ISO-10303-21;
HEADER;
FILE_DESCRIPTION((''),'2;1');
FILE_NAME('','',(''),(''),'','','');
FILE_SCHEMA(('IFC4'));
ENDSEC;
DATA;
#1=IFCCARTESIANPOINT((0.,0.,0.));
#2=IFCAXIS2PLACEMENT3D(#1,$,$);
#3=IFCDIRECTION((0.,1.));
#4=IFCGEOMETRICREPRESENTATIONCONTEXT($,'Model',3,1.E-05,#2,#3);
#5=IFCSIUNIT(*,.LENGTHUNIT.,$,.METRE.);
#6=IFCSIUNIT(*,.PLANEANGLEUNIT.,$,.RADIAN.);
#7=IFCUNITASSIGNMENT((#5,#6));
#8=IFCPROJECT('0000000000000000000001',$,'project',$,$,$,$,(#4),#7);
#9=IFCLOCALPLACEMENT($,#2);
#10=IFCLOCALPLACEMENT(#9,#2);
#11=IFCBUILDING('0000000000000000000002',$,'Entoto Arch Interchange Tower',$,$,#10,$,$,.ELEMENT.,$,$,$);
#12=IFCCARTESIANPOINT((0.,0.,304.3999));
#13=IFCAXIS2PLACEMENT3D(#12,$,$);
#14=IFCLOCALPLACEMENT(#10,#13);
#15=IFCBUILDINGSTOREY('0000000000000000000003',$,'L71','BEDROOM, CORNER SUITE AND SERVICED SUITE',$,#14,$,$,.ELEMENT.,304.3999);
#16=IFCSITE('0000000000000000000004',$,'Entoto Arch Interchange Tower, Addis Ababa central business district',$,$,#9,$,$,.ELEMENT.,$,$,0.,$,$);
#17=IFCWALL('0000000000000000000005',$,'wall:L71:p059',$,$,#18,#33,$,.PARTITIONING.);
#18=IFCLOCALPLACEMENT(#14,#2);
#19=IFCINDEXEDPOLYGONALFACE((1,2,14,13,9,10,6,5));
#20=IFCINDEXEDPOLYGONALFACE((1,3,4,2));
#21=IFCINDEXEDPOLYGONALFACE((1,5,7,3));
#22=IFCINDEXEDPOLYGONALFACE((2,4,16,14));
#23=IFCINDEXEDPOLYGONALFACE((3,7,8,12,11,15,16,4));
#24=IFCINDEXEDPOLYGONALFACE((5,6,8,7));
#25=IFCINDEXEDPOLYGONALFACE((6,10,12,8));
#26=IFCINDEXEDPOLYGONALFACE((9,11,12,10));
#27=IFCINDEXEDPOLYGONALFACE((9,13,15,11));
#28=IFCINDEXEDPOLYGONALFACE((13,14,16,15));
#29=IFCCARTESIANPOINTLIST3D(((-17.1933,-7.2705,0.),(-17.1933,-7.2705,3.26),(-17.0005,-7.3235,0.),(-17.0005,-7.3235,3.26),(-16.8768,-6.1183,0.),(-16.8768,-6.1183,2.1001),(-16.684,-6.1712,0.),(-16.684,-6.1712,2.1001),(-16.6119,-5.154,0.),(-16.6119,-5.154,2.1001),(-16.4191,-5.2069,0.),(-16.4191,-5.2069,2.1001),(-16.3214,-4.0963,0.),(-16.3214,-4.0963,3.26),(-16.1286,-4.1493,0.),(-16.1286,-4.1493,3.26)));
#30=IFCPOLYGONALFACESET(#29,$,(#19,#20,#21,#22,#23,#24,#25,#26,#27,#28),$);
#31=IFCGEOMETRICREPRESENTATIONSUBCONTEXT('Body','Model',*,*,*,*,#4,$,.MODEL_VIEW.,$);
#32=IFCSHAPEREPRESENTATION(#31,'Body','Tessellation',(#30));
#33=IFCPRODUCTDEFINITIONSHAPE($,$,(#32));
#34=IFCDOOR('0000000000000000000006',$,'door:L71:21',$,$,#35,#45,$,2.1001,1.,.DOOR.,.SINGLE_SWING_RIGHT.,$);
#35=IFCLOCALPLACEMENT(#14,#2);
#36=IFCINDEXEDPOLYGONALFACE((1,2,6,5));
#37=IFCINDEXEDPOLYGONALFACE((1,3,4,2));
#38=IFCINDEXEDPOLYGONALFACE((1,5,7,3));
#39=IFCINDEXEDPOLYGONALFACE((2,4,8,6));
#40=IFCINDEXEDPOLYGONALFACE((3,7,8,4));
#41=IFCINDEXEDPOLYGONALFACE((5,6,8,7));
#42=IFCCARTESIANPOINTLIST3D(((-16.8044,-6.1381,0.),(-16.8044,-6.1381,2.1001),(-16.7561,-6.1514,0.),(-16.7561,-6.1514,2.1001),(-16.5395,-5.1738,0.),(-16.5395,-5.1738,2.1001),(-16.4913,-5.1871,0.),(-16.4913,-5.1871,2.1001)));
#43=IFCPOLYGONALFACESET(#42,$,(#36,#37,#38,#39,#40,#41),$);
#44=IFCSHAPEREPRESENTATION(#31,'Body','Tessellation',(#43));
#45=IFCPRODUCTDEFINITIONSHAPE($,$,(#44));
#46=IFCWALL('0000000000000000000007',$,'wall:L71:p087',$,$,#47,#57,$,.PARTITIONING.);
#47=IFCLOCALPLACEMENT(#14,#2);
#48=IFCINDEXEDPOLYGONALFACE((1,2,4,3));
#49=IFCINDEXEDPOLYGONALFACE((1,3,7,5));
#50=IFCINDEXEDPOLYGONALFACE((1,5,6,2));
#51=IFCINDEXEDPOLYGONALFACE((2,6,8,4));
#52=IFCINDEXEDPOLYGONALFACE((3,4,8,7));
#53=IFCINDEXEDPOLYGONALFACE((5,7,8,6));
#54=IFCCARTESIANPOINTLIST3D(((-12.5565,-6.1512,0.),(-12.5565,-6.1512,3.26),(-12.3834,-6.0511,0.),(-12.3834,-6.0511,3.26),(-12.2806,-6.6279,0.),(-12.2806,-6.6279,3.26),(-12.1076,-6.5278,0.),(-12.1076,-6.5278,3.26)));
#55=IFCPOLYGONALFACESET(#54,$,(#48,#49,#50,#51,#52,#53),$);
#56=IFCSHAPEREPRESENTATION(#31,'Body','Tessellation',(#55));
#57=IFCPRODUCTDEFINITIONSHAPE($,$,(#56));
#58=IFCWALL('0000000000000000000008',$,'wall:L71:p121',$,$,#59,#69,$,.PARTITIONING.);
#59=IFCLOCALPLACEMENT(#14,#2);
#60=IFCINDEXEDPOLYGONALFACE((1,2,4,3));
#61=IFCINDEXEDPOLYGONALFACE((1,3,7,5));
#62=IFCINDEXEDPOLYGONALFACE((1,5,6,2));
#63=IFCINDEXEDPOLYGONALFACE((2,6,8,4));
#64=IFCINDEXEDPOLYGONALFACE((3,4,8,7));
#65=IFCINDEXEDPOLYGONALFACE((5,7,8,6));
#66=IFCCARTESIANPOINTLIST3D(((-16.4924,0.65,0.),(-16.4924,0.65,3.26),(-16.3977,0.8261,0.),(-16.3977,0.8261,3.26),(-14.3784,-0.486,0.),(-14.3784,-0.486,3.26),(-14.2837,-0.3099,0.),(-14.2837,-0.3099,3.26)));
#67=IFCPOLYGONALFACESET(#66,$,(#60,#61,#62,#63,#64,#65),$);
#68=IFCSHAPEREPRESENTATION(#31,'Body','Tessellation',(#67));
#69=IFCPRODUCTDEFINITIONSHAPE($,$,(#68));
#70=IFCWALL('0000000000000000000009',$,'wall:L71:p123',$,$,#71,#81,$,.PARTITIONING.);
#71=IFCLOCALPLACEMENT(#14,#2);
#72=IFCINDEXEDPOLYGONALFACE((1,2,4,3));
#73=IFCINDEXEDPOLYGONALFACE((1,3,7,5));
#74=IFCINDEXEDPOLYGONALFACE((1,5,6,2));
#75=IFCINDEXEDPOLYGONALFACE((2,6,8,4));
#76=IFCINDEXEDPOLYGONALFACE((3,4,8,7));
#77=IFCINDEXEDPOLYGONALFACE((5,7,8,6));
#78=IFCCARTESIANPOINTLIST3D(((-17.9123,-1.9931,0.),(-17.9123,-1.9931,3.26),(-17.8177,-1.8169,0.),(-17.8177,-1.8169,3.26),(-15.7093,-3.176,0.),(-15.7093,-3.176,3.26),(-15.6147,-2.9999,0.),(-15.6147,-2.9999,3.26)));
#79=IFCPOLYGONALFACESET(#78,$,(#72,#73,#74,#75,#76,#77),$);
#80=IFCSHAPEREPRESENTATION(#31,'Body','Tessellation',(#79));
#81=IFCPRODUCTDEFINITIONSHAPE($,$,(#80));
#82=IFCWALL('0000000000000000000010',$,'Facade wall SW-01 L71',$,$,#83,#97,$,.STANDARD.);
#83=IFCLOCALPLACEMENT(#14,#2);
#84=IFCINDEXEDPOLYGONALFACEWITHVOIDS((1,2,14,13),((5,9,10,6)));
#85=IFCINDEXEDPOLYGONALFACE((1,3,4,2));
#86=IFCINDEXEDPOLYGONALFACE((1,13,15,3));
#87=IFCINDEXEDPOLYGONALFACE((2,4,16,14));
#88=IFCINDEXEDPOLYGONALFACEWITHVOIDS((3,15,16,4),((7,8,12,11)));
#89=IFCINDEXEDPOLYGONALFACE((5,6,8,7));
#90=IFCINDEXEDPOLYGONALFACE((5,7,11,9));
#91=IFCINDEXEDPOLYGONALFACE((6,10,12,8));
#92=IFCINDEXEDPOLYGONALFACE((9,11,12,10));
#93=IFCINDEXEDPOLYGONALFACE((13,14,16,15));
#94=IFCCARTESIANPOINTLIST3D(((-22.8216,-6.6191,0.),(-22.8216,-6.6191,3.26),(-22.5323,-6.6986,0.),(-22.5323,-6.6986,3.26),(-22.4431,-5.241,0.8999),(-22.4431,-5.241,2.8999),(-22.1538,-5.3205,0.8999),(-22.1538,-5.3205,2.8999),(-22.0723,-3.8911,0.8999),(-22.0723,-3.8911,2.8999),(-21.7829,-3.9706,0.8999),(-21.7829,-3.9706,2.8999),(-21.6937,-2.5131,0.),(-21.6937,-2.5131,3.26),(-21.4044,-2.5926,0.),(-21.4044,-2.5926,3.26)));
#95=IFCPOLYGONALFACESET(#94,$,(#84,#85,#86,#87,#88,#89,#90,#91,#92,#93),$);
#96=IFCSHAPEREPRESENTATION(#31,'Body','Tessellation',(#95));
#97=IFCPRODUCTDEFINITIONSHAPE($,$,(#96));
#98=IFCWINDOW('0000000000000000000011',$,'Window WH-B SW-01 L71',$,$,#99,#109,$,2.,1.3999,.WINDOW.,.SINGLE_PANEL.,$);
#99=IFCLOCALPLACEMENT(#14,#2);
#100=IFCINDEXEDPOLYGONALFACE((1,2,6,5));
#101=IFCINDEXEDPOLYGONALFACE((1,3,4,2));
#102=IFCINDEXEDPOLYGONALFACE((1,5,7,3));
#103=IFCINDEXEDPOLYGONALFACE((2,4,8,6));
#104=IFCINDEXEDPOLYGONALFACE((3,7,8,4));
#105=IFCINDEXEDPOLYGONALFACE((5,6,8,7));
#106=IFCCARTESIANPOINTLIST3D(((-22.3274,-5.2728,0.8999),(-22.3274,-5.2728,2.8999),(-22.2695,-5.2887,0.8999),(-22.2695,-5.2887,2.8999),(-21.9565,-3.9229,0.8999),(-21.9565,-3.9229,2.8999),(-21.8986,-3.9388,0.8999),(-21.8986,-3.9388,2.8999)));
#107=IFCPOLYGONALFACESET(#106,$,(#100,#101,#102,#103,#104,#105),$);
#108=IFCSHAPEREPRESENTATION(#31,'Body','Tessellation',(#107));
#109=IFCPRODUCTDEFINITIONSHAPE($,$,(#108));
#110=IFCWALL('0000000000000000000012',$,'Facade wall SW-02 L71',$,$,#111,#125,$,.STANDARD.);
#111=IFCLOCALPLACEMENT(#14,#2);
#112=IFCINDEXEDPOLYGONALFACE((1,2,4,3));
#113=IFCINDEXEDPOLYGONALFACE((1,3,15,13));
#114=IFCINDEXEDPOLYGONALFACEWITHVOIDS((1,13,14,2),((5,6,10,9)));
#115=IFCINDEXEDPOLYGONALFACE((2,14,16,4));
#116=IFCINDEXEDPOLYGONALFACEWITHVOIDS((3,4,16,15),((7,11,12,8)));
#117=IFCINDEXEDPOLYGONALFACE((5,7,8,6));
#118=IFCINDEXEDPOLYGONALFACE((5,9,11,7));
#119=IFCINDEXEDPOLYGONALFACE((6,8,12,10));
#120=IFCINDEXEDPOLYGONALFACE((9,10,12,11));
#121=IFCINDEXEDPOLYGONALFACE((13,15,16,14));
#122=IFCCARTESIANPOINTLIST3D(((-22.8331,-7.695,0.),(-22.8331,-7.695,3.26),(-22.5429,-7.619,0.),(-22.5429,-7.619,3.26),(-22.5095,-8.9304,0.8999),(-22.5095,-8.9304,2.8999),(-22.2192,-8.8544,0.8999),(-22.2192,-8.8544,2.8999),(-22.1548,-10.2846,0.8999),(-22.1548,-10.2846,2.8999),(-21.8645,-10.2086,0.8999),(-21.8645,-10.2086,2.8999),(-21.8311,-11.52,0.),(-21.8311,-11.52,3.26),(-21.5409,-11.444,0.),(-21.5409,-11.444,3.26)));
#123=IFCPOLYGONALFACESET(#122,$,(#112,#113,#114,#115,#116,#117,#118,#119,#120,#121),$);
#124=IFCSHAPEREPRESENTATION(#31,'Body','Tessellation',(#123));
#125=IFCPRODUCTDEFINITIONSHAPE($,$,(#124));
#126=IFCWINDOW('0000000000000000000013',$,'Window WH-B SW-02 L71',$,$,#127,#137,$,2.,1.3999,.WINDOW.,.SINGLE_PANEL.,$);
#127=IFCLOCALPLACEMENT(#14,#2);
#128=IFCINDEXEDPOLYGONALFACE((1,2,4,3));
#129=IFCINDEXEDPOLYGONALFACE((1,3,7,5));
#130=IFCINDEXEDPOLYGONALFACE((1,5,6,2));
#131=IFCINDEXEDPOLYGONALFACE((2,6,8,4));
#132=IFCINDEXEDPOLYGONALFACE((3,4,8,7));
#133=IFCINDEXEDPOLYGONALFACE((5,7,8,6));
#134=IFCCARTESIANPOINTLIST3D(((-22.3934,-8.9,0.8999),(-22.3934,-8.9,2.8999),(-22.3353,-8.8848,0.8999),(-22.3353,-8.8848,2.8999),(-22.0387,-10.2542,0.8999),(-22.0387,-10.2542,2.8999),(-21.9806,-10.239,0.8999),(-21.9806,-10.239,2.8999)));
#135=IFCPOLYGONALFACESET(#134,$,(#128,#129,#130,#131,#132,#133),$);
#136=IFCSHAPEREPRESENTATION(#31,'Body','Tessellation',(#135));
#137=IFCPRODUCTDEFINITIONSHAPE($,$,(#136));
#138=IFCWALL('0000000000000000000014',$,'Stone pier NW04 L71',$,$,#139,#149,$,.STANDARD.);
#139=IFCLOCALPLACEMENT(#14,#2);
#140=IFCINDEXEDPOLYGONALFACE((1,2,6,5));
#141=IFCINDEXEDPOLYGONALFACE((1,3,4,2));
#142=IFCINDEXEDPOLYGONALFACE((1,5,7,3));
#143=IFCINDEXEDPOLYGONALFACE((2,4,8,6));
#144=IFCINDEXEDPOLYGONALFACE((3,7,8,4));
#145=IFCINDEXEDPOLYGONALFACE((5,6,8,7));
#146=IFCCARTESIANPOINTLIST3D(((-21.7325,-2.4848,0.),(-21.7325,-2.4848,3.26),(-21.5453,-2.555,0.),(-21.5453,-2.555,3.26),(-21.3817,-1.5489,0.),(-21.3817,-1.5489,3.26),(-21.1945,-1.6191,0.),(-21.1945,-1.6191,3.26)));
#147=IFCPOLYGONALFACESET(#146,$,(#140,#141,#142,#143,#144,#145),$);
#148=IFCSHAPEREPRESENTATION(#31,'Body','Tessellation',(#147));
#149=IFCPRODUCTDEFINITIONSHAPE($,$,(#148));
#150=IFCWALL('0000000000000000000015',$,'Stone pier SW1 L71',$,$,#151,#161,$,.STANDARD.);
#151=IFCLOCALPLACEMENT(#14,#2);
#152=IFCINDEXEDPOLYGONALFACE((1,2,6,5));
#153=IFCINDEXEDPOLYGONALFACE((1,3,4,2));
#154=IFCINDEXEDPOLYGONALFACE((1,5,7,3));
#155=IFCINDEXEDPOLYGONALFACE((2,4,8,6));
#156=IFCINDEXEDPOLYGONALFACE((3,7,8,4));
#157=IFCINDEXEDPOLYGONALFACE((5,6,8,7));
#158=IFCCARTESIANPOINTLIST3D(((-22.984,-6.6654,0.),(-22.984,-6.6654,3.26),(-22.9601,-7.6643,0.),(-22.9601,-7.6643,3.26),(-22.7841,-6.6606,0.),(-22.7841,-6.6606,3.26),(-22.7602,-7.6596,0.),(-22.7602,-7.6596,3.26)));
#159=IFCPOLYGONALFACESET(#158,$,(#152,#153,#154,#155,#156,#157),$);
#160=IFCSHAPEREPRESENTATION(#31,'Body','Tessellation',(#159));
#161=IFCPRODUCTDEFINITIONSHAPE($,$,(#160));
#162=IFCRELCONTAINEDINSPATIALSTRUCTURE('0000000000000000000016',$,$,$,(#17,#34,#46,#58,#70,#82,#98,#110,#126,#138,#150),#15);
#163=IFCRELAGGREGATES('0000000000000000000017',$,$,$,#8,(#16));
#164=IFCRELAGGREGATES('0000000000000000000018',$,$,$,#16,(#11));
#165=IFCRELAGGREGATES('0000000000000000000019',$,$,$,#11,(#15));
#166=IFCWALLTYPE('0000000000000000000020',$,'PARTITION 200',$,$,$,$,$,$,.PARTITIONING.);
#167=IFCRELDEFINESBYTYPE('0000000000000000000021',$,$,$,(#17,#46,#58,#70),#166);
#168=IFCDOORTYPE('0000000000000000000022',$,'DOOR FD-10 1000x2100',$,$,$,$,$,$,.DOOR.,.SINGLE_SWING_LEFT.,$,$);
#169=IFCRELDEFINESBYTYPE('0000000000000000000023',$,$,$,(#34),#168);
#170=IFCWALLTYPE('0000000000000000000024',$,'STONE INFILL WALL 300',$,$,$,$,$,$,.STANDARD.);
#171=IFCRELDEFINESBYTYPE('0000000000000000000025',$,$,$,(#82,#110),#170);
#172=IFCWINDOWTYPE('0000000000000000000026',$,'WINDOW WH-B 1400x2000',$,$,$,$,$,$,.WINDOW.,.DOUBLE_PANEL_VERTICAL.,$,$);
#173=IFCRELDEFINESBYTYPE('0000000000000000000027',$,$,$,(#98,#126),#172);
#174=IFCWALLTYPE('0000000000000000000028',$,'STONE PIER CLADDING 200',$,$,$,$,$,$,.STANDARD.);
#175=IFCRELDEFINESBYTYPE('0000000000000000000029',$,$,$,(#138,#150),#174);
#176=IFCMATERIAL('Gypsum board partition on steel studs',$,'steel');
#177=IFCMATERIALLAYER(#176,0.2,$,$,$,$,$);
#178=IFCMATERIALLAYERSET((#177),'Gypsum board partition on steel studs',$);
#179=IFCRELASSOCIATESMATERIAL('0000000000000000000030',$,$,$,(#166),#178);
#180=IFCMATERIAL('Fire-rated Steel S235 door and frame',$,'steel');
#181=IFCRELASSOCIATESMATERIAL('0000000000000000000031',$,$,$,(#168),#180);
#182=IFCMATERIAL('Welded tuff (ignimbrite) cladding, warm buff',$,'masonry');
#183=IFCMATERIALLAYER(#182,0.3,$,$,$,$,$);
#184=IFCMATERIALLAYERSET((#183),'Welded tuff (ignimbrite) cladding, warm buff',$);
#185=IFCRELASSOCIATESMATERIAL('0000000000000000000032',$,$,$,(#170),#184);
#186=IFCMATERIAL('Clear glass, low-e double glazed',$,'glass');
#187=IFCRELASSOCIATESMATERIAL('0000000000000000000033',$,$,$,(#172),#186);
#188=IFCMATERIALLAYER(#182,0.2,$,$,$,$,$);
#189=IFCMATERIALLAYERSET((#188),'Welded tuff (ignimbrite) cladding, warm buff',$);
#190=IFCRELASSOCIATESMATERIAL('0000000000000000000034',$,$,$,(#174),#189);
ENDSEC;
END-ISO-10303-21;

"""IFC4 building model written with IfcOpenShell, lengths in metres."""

from ifc_helpers import new_model, si_unit, direction, frame, frame_2d, origin, place, context, subcontext, project, spatial, rectangle, extrude, material, layer, layer_set, type_object, element, fill, save


model = new_model("IFC4")

# Units and contexts
model_context = context("Model", 3, precision=1e-05, world=origin(), true_north=direction((0.0, 1.0)))
body_context = subcontext(model_context, "Body", "Model", "MODEL_VIEW")
ifc_project = project(units=[si_unit("LENGTHUNIT", "METRE"), si_unit("PLANEANGLEUNIT", "RADIAN")], contexts=[model_context])

# Site, building, storey
site_placement = place(None, origin())
site = spatial("IfcSite", under=ifc_project, at=site_placement, Name="Entoto Arch Interchange Tower, Addis Ababa central business district", CompositionType="ELEMENT", RefElevation=0.0)
building_placement = place(site_placement, origin())
building = spatial("IfcBuilding", under=site, at=building_placement, Name="Entoto Arch Interchange Tower", CompositionType="ELEMENT")
storey_placement = place(building_placement, frame((0.0, 0.0, 304.3999)))
storey = spatial("IfcBuildingStorey", under=building, at=storey_placement, Name="L71", Description="BEDROOM, CORNER SUITE AND SERVICED SUITE", CompositionType="ELEMENT", Elevation=304.3999)

# Shared definitions
ifc_material_1 = material(Name="Gypsum board partition on steel studs", Category="steel")
ifc_layer_1 = layer(ifc_material_1, 0.2)
ifc_layer_set_1 = layer_set([ifc_layer_1], Name="Gypsum board partition on steel studs")
wall_type_1 = type_object("IfcWallType", Name="PARTITION 200", PredefinedType="PARTITIONING", material=ifc_layer_set_1)

# Wall, opening, door
wall_1_placement = place(storey_placement, frame((-17.0969, -7.2971, 0.0), z_axis=(0.0, 0.0, 1.0), x_axis=(0.264862, 0.964286, 0.0)))
wall_1 = element("IfcWall", 1, at=wall_1_placement, inside=storey, type_object=wall_type_1, Name="wall:L71:p059", PredefinedType="PARTITIONING", context=body_context, shape_type="SweptSolid", body=[
    extrude(rectangle(XDim=3.2917, YDim=0.2, at=frame_2d((1.646, 0.0))), origin(), (0.0, 0.0, 1.0), 3.26),
])
opening_1_placement = place(wall_1_placement, frame((1.1951, 0.0, 0.0)))
opening_1 = element("IfcOpeningElement", 2, at=opening_1_placement, cuts=wall_1, PredefinedType="OPENING", context=body_context, shape_type="SweptSolid", body=[
    extrude(rectangle(XDim=1.0, YDim=2.1001, at=frame_2d((0.5, 1.05))), frame((0.0, 0.1099, 0.0), z_axis=(0.0, -1.0, 0.0), x_axis=(1.0, 0.0, 0.0)), (0.0, 0.0, 1.0), 0.22),
])
ifc_material_2 = material(Name="Fire-rated Steel S235 door and frame", Category="steel")
door_type_1 = type_object("IfcDoorType", Name="DOOR FD-10 1000x2100", OperationType="SINGLE_SWING_LEFT", PredefinedType="DOOR", material=ifc_material_2)
door_1_placement = place(opening_1_placement, origin())
door_1 = element("IfcDoor", 3, at=door_1_placement, inside=storey, type_object=door_type_1, Name="door:L71:21", OperationType="SINGLE_SWING_RIGHT", OverallHeight=2.1001, OverallWidth=1.0, PredefinedType="DOOR", context=body_context, shape_type="SweptSolid", body=[
    extrude(rectangle(XDim=1.0, YDim=2.1001, at=frame_2d((0.5, 1.05))), frame((0.0, 0.0249, 0.0), z_axis=(0.0, -1.0, 0.0), x_axis=(1.0, 0.0, 0.0)), (0.0, 0.0, 1.0), 0.05),
])
fill(opening_1, door_1)

# Walls
wall_2_placement = place(storey_placement, frame((-12.1941, -6.5779, 0.0), z_axis=(0.0, 0.0, 1.0), x_axis=(-0.500809, 0.865558, 0.0)))
element("IfcWall", 4, at=wall_2_placement, inside=storey, type_object=wall_type_1, Name="wall:L71:p087", PredefinedType="PARTITIONING", context=body_context, shape_type="SweptSolid", body=[
    extrude(rectangle(XDim=0.5508, YDim=0.2, at=frame_2d((0.2754, 0.0))), origin(), (0.0, 0.0, 1.0), 3.26),
])
wall_3_placement = place(storey_placement, frame((-14.3311, -0.3979, 0.0), z_axis=(0.0, 0.0, 1.0), x_axis=(-0.880876, 0.473347, 0.0)))
element("IfcWall", 5, at=wall_3_placement, inside=storey, type_object=wall_type_1, Name="wall:L71:p121", PredefinedType="PARTITIONING", context=body_context, shape_type="SweptSolid", body=[
    extrude(rectangle(XDim=2.3999, YDim=0.2, at=frame_2d((1.2, 0.0))), origin(), (0.0, 0.0, 1.0), 3.26),
])
wall_4_placement = place(storey_placement, frame((-17.865, -1.905, 0.0), z_axis=(0.0, 0.0, 1.0), x_axis=(0.881022, -0.473075, 0.0)))
element("IfcWall", 6, at=wall_4_placement, inside=storey, type_object=wall_type_1, Name="wall:L71:p123", PredefinedType="PARTITIONING", context=body_context, shape_type="SweptSolid", body=[
    extrude(rectangle(XDim=2.5005, YDim=0.2, at=frame_2d((1.2502, 0.0))), origin(), (0.0, 0.0, 1.0), 3.26),
])

# Walls, openings, windows
ifc_material_3 = material(Name="Welded tuff (ignimbrite) cladding, warm buff", Category="masonry")
ifc_layer_2 = layer(ifc_material_3, 0.3)
ifc_layer_set_2 = layer_set([ifc_layer_2], Name="Welded tuff (ignimbrite) cladding, warm buff")
wall_type_2 = type_object("IfcWallType", Name="STONE INFILL WALL 300", PredefinedType="STANDARD", material=ifc_layer_set_2)
wall_5_placement = place(storey_placement, frame((-21.5491, -2.553, 0.0), z_axis=(0.0, 0.0, 1.0), x_axis=(-0.264893, -0.964278, 0.0)))
wall_5 = element("IfcWall", 7, at=wall_5_placement, inside=storey, type_object=wall_type_2, Name="Facade wall SW-01 L71", PredefinedType="STANDARD", context=body_context, shape_type="SweptSolid", body=[
    extrude(rectangle(XDim=4.2581, YDim=0.3, at=frame_2d((2.1289, 0.0))), origin(), (0.0, 0.0, 1.0), 3.26),
])
opening_2_placement = place(wall_5_placement, frame((1.429, 0.0, 0.8999)))
opening_2 = element("IfcOpeningElement", 8, at=opening_2_placement, cuts=wall_5, PredefinedType="OPENING", context=body_context, shape_type="SweptSolid", body=[
    extrude(rectangle(XDim=1.3999, YDim=2.0, at=frame_2d((0.7, 1.0))), frame((0.0, 0.1602, 0.0), z_axis=(0.0, -1.0, 0.0), x_axis=(1.0, 0.0, 0.0)), (0.0, 0.0, 1.0), 0.3201),
])
ifc_material_4 = material(Name="Clear glass, low-e double glazed", Category="glass")
window_type = type_object("IfcWindowType", Name="WINDOW WH-B 1400x2000", PartitioningType="DOUBLE_PANEL_VERTICAL", PredefinedType="WINDOW", material=ifc_material_4)
window_1_placement = place(opening_2_placement, origin())
window_1 = element("IfcWindow", 9, at=window_1_placement, inside=storey, type_object=window_type, Name="Window WH-B SW-01 L71", OverallHeight=2.0, OverallWidth=1.3999, PartitioningType="SINGLE_PANEL", PredefinedType="WINDOW", context=body_context, shape_type="SweptSolid", body=[
    extrude(rectangle(XDim=1.3999, YDim=2.0, at=frame_2d((0.7, 1.0))), frame((0.0, 0.03, 0.0), z_axis=(0.0, -1.0, 0.0), x_axis=(1.0, 0.0, 0.0)), (0.0, 0.0, 1.0), 0.0601),
])
fill(opening_2, window_1)
wall_6_placement = place(storey_placement, frame((-22.688, -7.657, 0.0), z_axis=(0.0, 0.0, 1.0), x_axis=(0.253402, -0.967361, 0.0)))
wall_6 = element("IfcWall", 10, at=wall_6_placement, inside=storey, type_object=wall_type_2, Name="Facade wall SW-02 L71", PredefinedType="STANDARD", context=body_context, shape_type="SweptSolid", body=[
    extrude(rectangle(XDim=3.9541, YDim=0.3, at=frame_2d((1.9771, 0.0))), origin(), (0.0, 0.0, 1.0), 3.26),
])
opening_3_placement = place(wall_6_placement, frame((1.2771, 0.0, 0.8999)))
opening_3 = element("IfcOpeningElement", 11, at=opening_3_placement, cuts=wall_6, PredefinedType="OPENING", context=body_context, shape_type="SweptSolid", body=[
    extrude(rectangle(XDim=1.3999, YDim=2.0, at=frame_2d((0.7, 1.0))), frame((0.0, 0.1602, 0.0), z_axis=(0.0, -1.0, 0.0), x_axis=(1.0, 0.0, 0.0)), (0.0, 0.0, 1.0), 0.3201),
])
window_2_placement = place(opening_3_placement, origin())
window_2 = element("IfcWindow", 12, at=window_2_placement, inside=storey, type_object=window_type, Name="Window WH-B SW-02 L71", OverallHeight=2.0, OverallWidth=1.3999, PartitioningType="SINGLE_PANEL", PredefinedType="WINDOW", context=body_context, shape_type="SweptSolid", body=[
    extrude(rectangle(XDim=1.3999, YDim=2.0, at=frame_2d((0.7, 1.0))), frame((0.0, 0.03, 0.0), z_axis=(0.0, -1.0, 0.0), x_axis=(1.0, 0.0, 0.0)), (0.0, 0.0, 1.0), 0.0601),
])
fill(opening_3, window_2)

# Walls
ifc_layer_3 = layer(ifc_material_3, 0.2)
ifc_layer_set_3 = layer_set([ifc_layer_3], Name="Welded tuff (ignimbrite) cladding, warm buff")
wall_type_3 = type_object("IfcWallType", Name="STONE PIER CLADDING 200", PredefinedType="STANDARD", material=ifc_layer_set_3)
wall_7_placement = place(storey_placement, frame((-21.2881, -1.584, 0.0), z_axis=(0.0, 0.0, 1.0), x_axis=(-0.350963, -0.936389, 0.0)))
element("IfcWall", 13, at=wall_7_placement, inside=storey, type_object=wall_type_3, Name="Stone pier NW04 L71", PredefinedType="STANDARD", context=body_context, shape_type="SweptSolid", body=[
    extrude(rectangle(XDim=0.9995, YDim=0.2, at=frame_2d((0.4998, 0.0))), origin(), (0.0, 0.0, 1.0), 3.26),
])
wall_8_placement = place(storey_placement, frame((-22.884, -6.6631, 0.0), z_axis=(0.0, 0.0, 1.0), x_axis=(0.023942, -0.999713, 0.0)))
element("IfcWall", 14, at=wall_8_placement, inside=storey, type_object=wall_type_3, Name="Stone pier SW1 L71", PredefinedType="STANDARD", context=body_context, shape_type="SweptSolid", body=[
    extrude(rectangle(XDim=0.9993, YDim=0.2, at=frame_2d((0.4995, 0.0))), origin(), (0.0, 0.0, 1.0), 3.26),
])

save(model, "model.ifc")
